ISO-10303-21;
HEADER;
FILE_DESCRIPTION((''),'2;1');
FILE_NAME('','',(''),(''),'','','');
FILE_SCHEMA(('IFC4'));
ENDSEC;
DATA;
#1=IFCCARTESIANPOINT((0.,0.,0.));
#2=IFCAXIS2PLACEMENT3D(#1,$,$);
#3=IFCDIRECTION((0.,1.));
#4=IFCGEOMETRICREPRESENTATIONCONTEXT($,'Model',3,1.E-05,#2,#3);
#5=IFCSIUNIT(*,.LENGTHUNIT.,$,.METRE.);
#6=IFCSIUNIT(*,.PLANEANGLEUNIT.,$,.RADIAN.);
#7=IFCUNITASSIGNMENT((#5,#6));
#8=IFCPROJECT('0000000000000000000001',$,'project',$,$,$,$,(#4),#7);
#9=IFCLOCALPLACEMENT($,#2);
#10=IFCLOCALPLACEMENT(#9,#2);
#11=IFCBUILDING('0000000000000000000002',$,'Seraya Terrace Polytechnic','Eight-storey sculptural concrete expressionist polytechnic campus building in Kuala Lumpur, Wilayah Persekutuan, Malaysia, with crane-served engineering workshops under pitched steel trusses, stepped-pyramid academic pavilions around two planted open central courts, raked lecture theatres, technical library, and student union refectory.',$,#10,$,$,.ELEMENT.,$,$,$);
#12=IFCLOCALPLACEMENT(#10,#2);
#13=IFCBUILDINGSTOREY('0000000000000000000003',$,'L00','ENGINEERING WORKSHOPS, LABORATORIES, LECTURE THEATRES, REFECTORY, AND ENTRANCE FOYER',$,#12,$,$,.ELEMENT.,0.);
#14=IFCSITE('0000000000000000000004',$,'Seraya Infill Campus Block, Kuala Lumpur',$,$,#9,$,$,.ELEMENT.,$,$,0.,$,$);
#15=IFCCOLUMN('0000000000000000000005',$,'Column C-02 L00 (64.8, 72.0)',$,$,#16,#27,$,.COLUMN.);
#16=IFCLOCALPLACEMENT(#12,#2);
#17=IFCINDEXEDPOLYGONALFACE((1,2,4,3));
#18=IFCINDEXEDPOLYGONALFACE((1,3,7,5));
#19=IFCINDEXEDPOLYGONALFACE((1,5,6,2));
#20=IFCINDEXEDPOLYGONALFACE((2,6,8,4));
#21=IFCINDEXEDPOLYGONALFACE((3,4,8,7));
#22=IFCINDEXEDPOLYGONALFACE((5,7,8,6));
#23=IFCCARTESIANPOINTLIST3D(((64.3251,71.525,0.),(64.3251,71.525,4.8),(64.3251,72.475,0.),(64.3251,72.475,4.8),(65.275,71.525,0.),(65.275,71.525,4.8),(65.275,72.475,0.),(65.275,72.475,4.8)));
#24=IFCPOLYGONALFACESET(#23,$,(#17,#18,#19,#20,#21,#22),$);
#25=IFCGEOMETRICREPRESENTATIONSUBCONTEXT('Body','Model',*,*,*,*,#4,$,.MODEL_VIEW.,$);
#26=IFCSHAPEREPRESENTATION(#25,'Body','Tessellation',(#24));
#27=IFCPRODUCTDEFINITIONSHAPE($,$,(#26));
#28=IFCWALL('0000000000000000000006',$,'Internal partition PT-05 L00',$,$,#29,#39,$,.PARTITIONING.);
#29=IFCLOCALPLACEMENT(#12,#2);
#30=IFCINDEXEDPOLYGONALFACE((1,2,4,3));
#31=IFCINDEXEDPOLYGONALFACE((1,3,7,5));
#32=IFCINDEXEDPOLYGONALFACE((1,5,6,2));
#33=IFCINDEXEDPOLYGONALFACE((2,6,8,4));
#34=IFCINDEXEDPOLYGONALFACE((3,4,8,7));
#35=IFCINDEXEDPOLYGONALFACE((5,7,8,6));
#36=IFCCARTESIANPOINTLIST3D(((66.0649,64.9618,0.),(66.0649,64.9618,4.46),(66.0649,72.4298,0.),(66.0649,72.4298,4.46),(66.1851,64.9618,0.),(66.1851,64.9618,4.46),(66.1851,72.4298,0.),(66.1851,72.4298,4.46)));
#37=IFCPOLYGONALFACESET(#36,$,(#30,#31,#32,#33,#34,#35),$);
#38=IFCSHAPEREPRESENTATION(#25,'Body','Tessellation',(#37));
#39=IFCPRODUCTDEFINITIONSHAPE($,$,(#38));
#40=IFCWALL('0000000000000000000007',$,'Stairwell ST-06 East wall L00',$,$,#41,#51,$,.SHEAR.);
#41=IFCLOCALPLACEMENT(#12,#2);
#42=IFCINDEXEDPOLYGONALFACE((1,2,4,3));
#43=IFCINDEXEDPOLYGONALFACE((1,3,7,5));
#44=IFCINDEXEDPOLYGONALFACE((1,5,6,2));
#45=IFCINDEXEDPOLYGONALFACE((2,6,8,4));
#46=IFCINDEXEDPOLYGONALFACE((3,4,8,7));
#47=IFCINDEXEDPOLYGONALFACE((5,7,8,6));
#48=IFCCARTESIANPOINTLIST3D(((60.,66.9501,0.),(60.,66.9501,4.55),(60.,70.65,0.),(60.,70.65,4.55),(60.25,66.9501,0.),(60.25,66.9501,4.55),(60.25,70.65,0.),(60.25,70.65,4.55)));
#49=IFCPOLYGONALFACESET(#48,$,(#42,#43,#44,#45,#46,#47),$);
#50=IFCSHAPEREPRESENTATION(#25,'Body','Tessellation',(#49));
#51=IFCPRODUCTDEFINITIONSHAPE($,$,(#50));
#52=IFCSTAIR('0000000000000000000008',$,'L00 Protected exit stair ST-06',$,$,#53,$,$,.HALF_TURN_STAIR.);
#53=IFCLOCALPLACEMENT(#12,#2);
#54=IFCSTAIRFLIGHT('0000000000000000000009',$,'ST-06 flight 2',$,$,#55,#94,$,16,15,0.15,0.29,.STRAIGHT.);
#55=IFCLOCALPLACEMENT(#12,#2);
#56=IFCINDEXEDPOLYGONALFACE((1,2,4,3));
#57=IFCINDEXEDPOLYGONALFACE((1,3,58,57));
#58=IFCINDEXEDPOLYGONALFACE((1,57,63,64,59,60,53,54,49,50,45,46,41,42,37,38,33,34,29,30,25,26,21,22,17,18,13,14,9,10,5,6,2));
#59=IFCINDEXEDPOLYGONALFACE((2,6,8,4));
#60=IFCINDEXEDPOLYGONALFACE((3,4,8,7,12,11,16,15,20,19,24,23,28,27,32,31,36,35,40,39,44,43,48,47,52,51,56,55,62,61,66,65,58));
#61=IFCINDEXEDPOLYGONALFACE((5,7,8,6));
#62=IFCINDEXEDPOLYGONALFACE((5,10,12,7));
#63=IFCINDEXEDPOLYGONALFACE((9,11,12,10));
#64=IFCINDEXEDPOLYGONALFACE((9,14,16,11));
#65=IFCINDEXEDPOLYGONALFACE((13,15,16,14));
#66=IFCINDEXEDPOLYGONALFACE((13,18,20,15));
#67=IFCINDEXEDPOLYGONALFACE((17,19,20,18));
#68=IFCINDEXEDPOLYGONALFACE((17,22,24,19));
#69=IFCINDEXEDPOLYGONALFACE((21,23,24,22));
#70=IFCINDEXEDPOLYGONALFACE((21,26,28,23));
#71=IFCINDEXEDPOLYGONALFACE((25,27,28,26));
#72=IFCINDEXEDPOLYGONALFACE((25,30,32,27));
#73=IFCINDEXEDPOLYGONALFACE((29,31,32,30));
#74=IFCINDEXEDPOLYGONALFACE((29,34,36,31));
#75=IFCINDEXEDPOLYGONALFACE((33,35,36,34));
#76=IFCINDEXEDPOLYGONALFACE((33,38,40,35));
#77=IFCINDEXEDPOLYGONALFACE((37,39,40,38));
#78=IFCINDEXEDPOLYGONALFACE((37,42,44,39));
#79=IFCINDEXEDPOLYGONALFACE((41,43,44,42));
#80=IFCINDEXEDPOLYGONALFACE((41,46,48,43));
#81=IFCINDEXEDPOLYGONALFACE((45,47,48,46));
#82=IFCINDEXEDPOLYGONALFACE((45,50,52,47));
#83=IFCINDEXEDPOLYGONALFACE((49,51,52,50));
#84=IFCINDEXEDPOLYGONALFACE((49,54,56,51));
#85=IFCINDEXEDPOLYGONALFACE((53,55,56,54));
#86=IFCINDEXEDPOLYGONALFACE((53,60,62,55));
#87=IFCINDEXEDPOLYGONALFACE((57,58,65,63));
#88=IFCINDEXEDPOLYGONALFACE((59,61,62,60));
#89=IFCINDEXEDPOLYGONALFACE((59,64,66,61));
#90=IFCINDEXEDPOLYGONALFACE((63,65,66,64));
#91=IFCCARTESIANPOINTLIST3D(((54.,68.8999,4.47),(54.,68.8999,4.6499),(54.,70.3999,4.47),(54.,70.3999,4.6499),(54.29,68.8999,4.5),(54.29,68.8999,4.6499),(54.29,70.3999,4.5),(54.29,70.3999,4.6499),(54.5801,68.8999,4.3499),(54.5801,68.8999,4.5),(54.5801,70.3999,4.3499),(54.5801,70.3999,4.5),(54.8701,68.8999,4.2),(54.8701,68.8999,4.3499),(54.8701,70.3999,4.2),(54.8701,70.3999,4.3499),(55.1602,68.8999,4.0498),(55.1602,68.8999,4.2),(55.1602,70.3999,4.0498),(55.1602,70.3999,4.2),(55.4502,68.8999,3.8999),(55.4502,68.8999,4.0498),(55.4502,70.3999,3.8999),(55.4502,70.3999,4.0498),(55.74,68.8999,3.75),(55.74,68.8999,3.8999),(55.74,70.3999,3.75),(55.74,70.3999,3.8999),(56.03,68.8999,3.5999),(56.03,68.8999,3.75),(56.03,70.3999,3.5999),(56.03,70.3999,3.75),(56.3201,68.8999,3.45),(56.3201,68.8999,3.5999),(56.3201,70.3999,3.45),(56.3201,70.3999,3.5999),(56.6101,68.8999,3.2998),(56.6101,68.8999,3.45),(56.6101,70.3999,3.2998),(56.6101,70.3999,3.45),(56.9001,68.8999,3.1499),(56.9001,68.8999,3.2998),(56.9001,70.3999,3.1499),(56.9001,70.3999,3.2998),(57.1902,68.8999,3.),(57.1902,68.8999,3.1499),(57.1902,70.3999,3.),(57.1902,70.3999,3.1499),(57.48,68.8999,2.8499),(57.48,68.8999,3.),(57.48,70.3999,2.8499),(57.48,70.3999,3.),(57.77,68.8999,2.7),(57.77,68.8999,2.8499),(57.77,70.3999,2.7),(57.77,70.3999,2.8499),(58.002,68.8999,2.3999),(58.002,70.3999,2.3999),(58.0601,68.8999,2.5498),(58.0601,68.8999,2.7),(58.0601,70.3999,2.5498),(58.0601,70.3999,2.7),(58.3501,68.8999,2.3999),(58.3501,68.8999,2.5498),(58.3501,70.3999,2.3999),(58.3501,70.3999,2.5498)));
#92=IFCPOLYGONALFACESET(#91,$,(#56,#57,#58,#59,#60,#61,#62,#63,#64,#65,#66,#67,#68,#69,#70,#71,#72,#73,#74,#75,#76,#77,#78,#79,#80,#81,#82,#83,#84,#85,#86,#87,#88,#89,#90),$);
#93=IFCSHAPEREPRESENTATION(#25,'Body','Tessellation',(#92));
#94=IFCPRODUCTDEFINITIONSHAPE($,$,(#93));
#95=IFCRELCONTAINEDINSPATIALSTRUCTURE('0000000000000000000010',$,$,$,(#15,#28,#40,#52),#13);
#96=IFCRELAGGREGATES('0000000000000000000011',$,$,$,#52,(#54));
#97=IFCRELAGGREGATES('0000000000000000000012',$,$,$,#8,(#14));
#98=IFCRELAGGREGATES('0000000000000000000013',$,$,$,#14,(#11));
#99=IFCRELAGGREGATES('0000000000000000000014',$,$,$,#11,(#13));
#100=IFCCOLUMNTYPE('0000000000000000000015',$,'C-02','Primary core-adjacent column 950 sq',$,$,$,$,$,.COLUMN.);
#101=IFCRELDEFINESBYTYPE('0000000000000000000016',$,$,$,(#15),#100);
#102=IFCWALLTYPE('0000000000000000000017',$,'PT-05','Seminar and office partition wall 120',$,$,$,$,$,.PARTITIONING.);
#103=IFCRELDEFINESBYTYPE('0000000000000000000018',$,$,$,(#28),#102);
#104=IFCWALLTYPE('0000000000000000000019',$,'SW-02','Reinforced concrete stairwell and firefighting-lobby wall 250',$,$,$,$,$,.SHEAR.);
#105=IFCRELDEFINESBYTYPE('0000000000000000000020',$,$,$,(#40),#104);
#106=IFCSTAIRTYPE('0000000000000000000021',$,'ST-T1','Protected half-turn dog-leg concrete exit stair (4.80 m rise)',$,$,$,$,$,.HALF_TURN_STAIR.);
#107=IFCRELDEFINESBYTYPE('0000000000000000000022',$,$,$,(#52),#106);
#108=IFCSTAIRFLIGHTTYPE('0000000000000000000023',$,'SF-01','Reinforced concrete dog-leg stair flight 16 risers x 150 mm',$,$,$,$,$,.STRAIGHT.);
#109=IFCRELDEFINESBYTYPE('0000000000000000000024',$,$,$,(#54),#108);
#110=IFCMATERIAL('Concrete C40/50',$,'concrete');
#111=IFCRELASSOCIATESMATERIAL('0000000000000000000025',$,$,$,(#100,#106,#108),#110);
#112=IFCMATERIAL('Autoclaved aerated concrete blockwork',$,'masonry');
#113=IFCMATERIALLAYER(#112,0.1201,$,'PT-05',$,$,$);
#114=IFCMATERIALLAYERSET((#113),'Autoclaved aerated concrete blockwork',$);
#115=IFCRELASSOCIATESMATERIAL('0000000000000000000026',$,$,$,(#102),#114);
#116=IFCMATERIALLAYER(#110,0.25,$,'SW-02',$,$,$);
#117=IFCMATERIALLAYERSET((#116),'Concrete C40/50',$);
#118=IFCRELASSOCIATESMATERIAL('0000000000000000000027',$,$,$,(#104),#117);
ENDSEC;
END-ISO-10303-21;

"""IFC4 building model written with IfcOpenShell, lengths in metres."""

from ifc_helpers import new_model, si_unit, direction, frame, frame_2d, origin, origin_2d, place, context, subcontext, project, spatial, polyline, rectangle, outline, extrude, material, layer, layer_set, material_profile, profile_set, type_object, element, aggregate, save


model = new_model("IFC4")

# Units and contexts
model_context = context("Model", 3, precision=1e-05, world=origin(), true_north=direction((0.0, 1.0)))
body_context = subcontext(model_context, "Body", "Model", "MODEL_VIEW")
ifc_project = project(units=[si_unit("LENGTHUNIT", "METRE"), si_unit("PLANEANGLEUNIT", "RADIAN")], contexts=[model_context])

# Site, building, storey
site_placement = place(None, origin())
site = spatial("IfcSite", under=ifc_project, at=site_placement, Name="Seraya Infill Campus Block, Kuala Lumpur", CompositionType="ELEMENT", RefElevation=0.0)
building_placement = place(site_placement, origin())
building = spatial("IfcBuilding", under=site, at=building_placement, Name="Seraya Terrace Polytechnic", Description="Eight-storey sculptural concrete expressionist polytechnic campus building in Kuala Lumpur, Wilayah Persekutuan, Malaysia, with crane-served engineering workshops under pitched steel trusses, stepped-pyramid academic pavilions around two planted open central courts, raked lecture theatres, technical library, and student union refectory.", CompositionType="ELEMENT")
storey_placement = place(building_placement, origin())
storey = spatial("IfcBuildingStorey", under=building, at=storey_placement, Name="L00", Description="ENGINEERING WORKSHOPS, LABORATORIES, LECTURE THEATRES, REFECTORY, AND ENTRANCE FOYER", CompositionType="ELEMENT", Elevation=0.0)

# Shared definitions
ifc_material_1 = material(Name="Concrete C40/50", Category="concrete")

# Column
ifc_material_profile_1 = material_profile(ifc_material_1, rectangle(XDim=0.95, YDim=0.95, at=origin_2d()), Name="RC 950x950")
ifc_profile_set_1 = profile_set([ifc_material_profile_1], Name="Concrete C40/50")
column_type = type_object("IfcColumnType", Name="C-02", Description="Primary core-adjacent column 950 sq", PredefinedType="COLUMN", material=ifc_profile_set_1)
for number, where, z_axis, x_axis, name in (
    (1, (64.8, 72.0, 0.0), (0.0, 0.0, 1.0), (1.0, 0.0, 0.0), "Column C-02 L00 (64.8, 72.0)"),
):
    element("IfcColumn", number, at=place(storey_placement, frame(where, z_axis=z_axis, x_axis=x_axis)), inside=storey, type_object=column_type, Name=name, PredefinedType="COLUMN", context=body_context, shape_type="SweptSolid", body=[
        extrude(rectangle(XDim=0.95, YDim=0.95, at=origin_2d()), origin(), (0.0, 0.0, 1.0), 4.8),
    ])

# Walls
ifc_material_2 = material(Name="Autoclaved aerated concrete blockwork", Category="masonry")
ifc_layer_1 = layer(ifc_material_2, 0.1201, Name="PT-05")
ifc_layer_set_1 = layer_set([ifc_layer_1], Name="Autoclaved aerated concrete blockwork")
wall_type_1 = type_object("IfcWallType", Name="PT-05", Description="Seminar and office partition wall 120", PredefinedType="PARTITIONING", material=ifc_layer_set_1)
wall_1_placement = place(storey_placement, frame((66.125, 64.9619, 0.0), z_axis=(0.0, 0.0, 1.0), x_axis=(0.0, 1.0, 0.0)))
element("IfcWall", 2, at=wall_1_placement, inside=storey, type_object=wall_type_1, Name="Internal partition PT-05 L00", PredefinedType="PARTITIONING", context=body_context, shape_type="SweptSolid", body=[
    extrude(rectangle(XDim=7.468, YDim=0.1201, at=frame_2d((3.7339, 0.0))), origin(), (0.0, 0.0, 1.0), 4.46),
])
ifc_layer_2 = layer(ifc_material_1, 0.25, Name="SW-02")
ifc_layer_set_2 = layer_set([ifc_layer_2], Name="Concrete C40/50")
wall_type_2 = type_object("IfcWallType", Name="SW-02", Description="Reinforced concrete stairwell and firefighting-lobby wall 250", PredefinedType="SHEAR", material=ifc_layer_set_2)
wall_2_placement = place(storey_placement, frame((60.125, 66.95, 0.0), z_axis=(0.0, 0.0, 1.0), x_axis=(0.0, 1.0, 0.0)))
element("IfcWall", 3, at=wall_2_placement, inside=storey, type_object=wall_type_2, Name="Stairwell ST-06 East wall L00", PredefinedType="SHEAR", context=body_context, shape_type="SweptSolid", body=[
    extrude(rectangle(XDim=3.7, YDim=0.25, at=frame_2d((1.8501, 0.0))), origin(), (0.0, 0.0, 1.0), 4.55),
])

# Stair, stair flight
stair_type = type_object("IfcStairType", Name="ST-T1", Description="Protected half-turn dog-leg concrete exit stair (4.80 m rise)", PredefinedType="HALF_TURN_STAIR", material=ifc_material_1)
stair_placement = place(storey_placement, origin())
stair = element("IfcStair", 4, at=stair_placement, inside=storey, type_object=stair_type, Name="L00 Protected exit stair ST-06", PredefinedType="HALF_TURN_STAIR")
stair_flight_type = type_object("IfcStairFlightType", Name="SF-01", Description="Reinforced concrete dog-leg stair flight 16 risers x 150 mm", PredefinedType="STRAIGHT", material=ifc_material_1)
stair_flight_placement = place(storey_placement, frame((58.3501, 69.6499, 2.3999), z_axis=(0.0, 0.0, 1.0), x_axis=(-1.0, 0.0, 0.0)))
stair_flight = element("IfcStairFlight", 5, at=stair_flight_placement, type_object=stair_flight_type, Name="ST-06 flight 2", NumberOfRisers=16, NumberOfTreads=15, PredefinedType="STRAIGHT", RiserHeight=0.15, TreadLength=0.29, context=body_context, shape_type="SweptSolid", body=[
    extrude(outline(polyline([(0.0, 0.0), (0.0, 0.1499), (0.29, 0.1499), (0.29, 0.3), (0.5801, 0.3), (0.5801, 0.45), (0.8701, 0.45), (0.8701, 0.6001), (1.1599, 0.6001), (1.1599, 0.75), (1.45, 0.75), (1.45, 0.8999), (1.74, 0.8999), (1.74, 1.05), (2.03, 1.05), (2.03, 1.2), (2.3201, 1.2), (2.3201, 1.3501), (2.6101, 1.3501), (2.6101, 1.5), (2.8999, 1.5), (2.8999, 1.6499), (3.1899, 1.6499), (3.1899, 1.8), (3.48, 1.8), (3.48, 1.95), (3.77, 1.95), (3.77, 2.1001), (4.0601, 2.1001), (4.0601, 2.25), (4.3501, 2.25), (4.3501, 2.3999), (4.3501, 2.0701), (0.3481, 0.0), (0.0, 0.0)])), frame((0.0, 0.75, 0.0), z_axis=(0.0, -1.0, 0.0), x_axis=(1.0, 0.0, 0.0)), (0.0, 0.0, 1.0), 1.5),
])
aggregate(stair, [stair_flight])

save(model, "model.ifc")
